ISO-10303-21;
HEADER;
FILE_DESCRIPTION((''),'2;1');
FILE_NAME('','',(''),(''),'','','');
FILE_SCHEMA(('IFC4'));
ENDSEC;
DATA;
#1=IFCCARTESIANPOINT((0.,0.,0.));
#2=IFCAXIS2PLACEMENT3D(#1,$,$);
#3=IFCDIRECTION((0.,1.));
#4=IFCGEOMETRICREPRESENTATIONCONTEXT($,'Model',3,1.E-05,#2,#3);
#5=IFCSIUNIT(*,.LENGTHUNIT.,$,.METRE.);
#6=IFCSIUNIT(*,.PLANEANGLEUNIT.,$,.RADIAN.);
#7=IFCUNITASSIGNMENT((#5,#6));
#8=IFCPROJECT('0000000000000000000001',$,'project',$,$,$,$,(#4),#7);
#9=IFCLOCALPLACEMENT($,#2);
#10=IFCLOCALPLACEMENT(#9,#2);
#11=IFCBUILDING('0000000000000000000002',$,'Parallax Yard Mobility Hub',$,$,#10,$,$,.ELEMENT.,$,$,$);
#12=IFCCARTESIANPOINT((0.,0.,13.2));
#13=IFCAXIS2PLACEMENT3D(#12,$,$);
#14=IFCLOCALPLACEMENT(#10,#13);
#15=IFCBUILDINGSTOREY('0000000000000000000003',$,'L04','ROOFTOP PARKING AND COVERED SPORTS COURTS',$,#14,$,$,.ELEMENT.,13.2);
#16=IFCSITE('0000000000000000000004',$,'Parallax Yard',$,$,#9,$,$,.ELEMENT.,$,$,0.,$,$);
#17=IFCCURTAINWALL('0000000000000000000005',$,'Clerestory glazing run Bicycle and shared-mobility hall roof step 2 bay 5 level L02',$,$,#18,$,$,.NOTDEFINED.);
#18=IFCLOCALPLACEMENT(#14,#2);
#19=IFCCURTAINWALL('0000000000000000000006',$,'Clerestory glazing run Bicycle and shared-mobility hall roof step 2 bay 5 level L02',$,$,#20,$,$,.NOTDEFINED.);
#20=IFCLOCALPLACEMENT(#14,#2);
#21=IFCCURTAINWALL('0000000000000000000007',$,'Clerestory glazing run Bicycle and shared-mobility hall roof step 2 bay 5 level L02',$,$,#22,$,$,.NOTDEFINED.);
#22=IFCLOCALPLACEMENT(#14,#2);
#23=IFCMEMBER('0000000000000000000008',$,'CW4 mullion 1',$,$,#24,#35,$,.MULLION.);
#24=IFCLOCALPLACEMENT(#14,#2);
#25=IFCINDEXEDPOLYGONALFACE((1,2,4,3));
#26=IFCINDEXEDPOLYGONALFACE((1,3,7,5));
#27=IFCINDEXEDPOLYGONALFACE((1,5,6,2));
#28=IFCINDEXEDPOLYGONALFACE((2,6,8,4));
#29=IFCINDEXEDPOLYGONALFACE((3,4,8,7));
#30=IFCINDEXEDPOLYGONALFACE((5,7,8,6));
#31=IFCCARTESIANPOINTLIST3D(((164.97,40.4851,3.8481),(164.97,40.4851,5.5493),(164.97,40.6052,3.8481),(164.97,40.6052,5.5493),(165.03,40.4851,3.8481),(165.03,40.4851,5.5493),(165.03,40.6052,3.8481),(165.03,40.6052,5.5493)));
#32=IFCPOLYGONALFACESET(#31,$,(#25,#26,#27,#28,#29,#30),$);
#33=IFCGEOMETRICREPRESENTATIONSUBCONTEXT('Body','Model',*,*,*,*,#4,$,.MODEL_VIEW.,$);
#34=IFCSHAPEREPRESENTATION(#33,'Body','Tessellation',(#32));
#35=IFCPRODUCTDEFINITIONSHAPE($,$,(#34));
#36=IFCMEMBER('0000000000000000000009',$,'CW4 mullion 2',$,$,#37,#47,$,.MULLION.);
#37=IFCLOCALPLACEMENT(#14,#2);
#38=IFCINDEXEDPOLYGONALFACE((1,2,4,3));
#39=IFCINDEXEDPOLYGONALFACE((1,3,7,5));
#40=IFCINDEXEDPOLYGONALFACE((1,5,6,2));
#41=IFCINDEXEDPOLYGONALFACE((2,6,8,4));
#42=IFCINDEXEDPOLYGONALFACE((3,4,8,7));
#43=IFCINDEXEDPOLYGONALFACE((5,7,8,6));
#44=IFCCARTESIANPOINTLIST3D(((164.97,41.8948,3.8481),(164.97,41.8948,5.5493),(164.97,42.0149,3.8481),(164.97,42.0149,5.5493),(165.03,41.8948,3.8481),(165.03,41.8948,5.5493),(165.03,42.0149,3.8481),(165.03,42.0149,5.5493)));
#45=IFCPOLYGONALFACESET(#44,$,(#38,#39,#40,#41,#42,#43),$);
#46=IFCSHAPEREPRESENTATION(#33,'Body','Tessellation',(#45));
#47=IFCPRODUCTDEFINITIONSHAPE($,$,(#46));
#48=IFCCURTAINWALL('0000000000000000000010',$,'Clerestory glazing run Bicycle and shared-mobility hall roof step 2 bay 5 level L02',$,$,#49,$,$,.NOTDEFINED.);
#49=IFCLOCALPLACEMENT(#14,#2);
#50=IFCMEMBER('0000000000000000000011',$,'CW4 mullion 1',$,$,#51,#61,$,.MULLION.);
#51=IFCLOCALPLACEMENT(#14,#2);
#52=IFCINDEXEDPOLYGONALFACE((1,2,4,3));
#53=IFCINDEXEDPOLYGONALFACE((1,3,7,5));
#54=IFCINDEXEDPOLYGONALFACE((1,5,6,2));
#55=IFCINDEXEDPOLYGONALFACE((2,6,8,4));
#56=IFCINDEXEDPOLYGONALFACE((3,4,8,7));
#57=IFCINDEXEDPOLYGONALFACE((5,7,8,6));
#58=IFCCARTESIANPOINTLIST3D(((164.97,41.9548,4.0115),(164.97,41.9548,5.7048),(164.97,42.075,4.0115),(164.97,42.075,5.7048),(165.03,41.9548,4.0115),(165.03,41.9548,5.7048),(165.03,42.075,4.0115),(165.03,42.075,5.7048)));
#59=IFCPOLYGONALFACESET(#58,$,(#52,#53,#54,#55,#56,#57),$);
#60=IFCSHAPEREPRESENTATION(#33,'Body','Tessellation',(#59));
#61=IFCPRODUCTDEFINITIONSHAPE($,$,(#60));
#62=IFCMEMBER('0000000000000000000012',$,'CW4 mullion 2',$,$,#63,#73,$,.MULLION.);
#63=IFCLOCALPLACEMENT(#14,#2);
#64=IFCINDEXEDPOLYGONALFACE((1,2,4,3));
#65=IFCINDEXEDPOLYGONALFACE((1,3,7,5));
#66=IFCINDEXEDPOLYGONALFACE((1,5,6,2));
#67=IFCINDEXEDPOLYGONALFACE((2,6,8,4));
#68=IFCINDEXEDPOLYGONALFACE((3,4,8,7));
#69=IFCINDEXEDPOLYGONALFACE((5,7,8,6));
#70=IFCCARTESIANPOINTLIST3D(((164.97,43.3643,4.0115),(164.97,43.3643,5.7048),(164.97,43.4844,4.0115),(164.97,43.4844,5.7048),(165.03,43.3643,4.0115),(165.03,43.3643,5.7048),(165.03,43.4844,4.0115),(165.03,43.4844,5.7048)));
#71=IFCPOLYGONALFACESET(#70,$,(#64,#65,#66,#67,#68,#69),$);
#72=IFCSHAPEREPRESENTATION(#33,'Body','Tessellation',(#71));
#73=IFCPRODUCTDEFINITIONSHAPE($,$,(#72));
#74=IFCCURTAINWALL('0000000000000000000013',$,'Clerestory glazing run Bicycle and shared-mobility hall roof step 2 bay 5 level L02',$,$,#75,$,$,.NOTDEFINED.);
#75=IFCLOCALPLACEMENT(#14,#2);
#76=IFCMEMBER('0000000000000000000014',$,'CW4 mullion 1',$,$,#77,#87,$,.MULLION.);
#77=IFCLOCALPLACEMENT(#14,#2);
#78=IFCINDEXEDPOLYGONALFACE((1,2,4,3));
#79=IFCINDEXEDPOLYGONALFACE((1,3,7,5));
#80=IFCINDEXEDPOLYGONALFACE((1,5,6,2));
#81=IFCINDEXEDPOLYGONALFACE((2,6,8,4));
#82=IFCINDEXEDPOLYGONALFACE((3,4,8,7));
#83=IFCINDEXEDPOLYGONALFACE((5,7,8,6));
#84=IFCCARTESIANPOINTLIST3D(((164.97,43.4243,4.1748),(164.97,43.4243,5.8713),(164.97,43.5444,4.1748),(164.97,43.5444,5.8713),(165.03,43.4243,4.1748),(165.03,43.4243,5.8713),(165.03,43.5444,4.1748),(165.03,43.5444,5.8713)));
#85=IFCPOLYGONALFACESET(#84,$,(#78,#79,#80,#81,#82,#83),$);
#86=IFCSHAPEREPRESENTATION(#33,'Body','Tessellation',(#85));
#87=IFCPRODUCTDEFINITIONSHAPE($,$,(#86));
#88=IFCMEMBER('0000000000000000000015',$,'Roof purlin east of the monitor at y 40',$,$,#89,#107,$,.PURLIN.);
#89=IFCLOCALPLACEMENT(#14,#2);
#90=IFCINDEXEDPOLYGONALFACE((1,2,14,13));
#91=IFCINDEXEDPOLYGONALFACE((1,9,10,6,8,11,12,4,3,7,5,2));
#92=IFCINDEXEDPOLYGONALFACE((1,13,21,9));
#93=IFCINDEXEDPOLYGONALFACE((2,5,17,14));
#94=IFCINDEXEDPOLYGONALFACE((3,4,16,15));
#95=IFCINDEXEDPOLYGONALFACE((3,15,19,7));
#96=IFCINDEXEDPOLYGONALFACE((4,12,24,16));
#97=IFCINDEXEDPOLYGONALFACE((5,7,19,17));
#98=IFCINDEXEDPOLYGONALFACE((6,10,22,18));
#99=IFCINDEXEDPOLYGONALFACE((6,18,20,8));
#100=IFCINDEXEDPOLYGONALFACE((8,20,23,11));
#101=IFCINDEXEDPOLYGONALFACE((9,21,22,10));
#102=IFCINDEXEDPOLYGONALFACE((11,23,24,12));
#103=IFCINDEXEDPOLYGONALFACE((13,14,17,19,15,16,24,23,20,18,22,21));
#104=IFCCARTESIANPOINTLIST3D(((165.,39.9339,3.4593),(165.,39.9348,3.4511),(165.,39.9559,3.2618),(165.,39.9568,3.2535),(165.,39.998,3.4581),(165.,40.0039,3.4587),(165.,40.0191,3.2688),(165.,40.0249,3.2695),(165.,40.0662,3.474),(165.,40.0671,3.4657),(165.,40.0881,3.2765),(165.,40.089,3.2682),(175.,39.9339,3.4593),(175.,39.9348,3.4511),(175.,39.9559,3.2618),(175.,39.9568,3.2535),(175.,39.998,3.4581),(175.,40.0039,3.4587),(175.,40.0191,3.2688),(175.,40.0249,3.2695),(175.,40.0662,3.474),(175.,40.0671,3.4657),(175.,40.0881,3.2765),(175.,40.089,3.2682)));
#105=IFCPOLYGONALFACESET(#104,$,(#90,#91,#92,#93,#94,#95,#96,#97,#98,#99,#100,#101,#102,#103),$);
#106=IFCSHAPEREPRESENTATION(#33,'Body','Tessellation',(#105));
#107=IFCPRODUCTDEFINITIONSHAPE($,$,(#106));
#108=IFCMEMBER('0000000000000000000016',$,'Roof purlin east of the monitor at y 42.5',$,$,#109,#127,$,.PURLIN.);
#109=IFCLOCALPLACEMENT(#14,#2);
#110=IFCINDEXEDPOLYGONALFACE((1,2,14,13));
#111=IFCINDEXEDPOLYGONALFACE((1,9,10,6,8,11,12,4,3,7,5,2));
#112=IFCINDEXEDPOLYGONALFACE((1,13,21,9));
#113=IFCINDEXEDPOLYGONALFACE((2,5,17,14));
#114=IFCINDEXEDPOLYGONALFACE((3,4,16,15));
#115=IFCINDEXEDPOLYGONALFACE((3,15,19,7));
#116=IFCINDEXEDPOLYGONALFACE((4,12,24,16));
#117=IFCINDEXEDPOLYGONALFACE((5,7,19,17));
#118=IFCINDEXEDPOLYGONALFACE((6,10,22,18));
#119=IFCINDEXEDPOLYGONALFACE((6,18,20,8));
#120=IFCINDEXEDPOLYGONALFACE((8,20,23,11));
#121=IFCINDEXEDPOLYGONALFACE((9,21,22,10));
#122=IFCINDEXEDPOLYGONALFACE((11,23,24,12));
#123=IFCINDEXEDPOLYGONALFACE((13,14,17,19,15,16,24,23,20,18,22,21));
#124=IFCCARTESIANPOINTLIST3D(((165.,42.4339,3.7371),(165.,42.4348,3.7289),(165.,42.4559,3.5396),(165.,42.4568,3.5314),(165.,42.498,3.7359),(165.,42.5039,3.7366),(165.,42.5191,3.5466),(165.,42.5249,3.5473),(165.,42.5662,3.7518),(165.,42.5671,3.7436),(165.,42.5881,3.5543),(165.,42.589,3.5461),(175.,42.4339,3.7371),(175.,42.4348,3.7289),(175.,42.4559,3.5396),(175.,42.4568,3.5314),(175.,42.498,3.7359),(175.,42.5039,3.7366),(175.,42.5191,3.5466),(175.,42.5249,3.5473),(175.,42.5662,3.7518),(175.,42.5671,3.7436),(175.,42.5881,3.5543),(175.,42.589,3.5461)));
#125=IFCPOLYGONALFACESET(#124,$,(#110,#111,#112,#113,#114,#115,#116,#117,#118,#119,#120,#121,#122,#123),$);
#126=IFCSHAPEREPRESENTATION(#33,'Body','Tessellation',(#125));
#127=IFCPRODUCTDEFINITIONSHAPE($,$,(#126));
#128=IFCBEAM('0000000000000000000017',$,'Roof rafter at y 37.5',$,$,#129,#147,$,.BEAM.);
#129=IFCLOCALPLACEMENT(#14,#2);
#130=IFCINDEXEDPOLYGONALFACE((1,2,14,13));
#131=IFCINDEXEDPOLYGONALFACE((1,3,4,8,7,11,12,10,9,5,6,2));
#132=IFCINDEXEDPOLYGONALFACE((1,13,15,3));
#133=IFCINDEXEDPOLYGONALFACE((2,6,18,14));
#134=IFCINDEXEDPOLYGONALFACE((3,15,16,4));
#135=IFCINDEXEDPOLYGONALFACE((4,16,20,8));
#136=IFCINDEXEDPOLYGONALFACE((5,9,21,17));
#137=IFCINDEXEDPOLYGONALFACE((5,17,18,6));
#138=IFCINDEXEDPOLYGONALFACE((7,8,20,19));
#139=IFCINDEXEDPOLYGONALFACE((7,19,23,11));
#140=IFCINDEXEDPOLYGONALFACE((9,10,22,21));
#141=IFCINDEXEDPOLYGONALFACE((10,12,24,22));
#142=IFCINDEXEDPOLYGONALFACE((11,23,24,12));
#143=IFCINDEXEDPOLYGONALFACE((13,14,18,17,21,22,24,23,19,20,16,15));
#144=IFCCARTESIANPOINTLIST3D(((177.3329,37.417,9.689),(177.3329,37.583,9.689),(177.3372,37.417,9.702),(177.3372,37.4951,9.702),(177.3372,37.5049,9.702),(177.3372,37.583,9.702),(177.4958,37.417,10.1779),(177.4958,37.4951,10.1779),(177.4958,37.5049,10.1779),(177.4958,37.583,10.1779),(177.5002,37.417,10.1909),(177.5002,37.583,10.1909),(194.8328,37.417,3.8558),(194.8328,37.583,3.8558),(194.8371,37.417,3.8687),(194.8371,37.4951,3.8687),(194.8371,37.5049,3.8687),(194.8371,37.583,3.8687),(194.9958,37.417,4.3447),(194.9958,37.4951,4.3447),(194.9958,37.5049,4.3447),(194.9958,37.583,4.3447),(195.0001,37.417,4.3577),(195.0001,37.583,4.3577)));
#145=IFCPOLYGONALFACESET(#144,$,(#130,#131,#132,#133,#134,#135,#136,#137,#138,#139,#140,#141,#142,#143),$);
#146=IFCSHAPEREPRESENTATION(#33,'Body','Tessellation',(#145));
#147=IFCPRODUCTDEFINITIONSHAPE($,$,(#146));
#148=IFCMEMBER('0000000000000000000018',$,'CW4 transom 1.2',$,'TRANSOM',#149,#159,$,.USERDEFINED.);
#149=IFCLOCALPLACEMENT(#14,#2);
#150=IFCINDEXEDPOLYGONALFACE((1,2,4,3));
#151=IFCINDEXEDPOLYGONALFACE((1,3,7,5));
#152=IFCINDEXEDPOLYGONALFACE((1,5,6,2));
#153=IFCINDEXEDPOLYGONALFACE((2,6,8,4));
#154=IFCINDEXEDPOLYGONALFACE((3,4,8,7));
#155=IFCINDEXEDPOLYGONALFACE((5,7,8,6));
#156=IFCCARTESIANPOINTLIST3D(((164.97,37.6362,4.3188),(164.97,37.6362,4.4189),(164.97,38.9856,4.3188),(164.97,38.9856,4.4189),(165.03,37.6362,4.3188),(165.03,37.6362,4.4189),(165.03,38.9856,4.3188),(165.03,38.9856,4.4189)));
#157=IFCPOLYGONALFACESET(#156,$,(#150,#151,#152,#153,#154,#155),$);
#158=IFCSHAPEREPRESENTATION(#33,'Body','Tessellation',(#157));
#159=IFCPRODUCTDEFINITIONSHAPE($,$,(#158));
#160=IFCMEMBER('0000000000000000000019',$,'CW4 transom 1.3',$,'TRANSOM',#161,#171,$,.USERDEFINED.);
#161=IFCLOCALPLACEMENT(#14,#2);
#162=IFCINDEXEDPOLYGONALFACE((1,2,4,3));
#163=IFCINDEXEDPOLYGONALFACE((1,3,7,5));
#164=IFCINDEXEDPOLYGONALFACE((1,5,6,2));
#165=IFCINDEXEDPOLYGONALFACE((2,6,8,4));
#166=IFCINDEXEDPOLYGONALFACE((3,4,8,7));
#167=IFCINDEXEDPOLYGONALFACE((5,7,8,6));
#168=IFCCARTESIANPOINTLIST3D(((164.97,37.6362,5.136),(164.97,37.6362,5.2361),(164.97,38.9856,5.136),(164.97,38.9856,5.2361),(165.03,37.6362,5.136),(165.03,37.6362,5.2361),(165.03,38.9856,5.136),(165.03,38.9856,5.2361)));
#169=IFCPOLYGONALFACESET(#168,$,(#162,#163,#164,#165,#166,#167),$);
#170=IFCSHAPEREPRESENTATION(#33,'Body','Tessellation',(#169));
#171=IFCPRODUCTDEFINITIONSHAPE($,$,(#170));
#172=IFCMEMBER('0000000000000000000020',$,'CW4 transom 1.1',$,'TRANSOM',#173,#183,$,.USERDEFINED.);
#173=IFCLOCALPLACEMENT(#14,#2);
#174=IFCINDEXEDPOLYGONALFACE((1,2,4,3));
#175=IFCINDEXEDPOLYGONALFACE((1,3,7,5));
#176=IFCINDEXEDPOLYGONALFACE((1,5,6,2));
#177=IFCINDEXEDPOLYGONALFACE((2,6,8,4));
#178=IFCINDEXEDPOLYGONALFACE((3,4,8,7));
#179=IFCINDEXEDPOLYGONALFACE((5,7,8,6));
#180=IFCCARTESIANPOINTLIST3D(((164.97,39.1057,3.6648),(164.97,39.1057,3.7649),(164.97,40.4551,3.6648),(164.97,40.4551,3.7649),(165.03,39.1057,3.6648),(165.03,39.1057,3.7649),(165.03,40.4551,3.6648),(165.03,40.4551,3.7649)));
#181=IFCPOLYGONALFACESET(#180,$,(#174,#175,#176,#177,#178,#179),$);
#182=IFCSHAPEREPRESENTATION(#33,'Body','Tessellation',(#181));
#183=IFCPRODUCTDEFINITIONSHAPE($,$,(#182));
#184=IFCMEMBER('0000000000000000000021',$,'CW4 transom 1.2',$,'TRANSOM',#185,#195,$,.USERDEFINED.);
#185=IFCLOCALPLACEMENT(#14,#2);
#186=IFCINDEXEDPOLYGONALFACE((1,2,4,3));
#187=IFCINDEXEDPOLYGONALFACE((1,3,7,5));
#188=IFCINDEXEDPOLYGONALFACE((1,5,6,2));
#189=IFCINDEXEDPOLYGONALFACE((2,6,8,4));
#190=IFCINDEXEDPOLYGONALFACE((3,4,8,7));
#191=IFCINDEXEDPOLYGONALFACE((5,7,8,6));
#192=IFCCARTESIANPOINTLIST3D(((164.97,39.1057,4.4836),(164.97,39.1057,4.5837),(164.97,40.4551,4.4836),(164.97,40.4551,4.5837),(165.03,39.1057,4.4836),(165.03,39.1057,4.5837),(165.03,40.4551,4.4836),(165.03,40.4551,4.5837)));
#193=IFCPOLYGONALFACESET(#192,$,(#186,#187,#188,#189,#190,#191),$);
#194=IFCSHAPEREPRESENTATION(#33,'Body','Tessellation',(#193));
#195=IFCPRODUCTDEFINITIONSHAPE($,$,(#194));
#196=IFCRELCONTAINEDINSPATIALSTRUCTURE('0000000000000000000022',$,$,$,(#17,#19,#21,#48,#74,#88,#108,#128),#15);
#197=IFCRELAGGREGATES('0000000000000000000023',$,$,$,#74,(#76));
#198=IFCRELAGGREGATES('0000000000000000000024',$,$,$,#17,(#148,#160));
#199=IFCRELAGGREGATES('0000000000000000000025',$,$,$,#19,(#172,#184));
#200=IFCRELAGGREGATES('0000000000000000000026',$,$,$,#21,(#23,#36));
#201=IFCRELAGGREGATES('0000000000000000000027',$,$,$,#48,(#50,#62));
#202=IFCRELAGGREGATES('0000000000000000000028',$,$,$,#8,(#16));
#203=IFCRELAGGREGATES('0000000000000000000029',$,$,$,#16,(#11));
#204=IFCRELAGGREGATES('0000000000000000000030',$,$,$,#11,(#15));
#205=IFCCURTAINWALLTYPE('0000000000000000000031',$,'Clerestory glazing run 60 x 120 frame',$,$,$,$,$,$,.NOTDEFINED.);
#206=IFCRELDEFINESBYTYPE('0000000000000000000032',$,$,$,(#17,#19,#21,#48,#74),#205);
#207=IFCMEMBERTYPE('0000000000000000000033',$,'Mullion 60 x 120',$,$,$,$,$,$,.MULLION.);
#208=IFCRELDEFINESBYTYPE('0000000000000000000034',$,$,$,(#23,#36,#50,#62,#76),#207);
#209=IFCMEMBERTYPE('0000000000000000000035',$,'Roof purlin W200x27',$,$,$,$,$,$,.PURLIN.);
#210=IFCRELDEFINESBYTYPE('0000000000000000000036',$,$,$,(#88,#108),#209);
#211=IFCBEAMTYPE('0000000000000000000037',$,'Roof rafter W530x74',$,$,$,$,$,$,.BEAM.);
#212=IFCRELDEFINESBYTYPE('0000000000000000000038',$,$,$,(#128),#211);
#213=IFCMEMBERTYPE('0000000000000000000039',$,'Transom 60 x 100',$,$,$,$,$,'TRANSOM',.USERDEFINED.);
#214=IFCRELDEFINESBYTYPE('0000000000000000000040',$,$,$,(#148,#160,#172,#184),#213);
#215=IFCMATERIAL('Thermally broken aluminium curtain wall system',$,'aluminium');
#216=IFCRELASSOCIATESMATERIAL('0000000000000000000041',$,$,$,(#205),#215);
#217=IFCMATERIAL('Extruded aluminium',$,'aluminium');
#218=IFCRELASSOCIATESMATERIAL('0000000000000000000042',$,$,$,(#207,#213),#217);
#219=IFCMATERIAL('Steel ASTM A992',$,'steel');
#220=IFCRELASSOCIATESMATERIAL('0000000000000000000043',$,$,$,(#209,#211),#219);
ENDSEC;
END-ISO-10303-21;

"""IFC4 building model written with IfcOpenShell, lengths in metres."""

from ifc_helpers import new_model, si_unit, direction, frame, origin, origin_2d, place, context, subcontext, project, spatial, rectangle, i_section, extrude, material, material_profile, profile_set, type_object, element, aggregate, save


model = new_model("IFC4")

# Units and contexts
model_context = context("Model", 3, precision=1e-05, world=origin(), true_north=direction((0.0, 1.0)))
body_context = subcontext(model_context, "Body", "Model", "MODEL_VIEW")
ifc_project = project(units=[si_unit("LENGTHUNIT", "METRE"), si_unit("PLANEANGLEUNIT", "RADIAN")], contexts=[model_context])

# Site, building, storey
site_placement = place(None, origin())
site = spatial("IfcSite", under=ifc_project, at=site_placement, Name="Parallax Yard", CompositionType="ELEMENT", RefElevation=0.0)
building_placement = place(site_placement, origin())
building = spatial("IfcBuilding", under=site, at=building_placement, Name="Parallax Yard Mobility Hub", CompositionType="ELEMENT")
storey_placement = place(building_placement, frame((0.0, 0.0, 13.2)))
storey = spatial("IfcBuildingStorey", under=building, at=storey_placement, Name="L04", Description="ROOFTOP PARKING AND COVERED SPORTS COURTS", CompositionType="ELEMENT", Elevation=13.2)

# Shared definitions
ifc_material_1 = material(Name="Steel ASTM A992", Category="steel")

# Curtain wall
ifc_material_2 = material(Name="Thermally broken aluminium curtain wall system", Category="aluminium")
curtain_wall_type = type_object("IfcCurtainWallType", Name="Clerestory glazing run 60 x 120 frame", PredefinedType="NOTDEFINED", material=ifc_material_2)
curtain_wall_1_placement = place(storey_placement, origin())
curtain_wall_1 = element("IfcCurtainWall", 1, at=curtain_wall_1_placement, inside=storey, type_object=curtain_wall_type, Name="Clerestory glazing run Bicycle and shared-mobility hall roof step 2 bay 5 level L02", PredefinedType="NOTDEFINED")
ifc_material_3 = material(Name="Extruded aluminium", Category="aluminium")
ifc_material_profile_1 = material_profile(ifc_material_3, rectangle(XDim=0.0601, YDim=0.1201, at=origin_2d()), Name="Mullion 60 x 120")
ifc_profile_set_1 = profile_set([ifc_material_profile_1], Name="Extruded aluminium")
member_type_1 = type_object("IfcMemberType", Name="Mullion 60 x 120", PredefinedType="MULLION", material=ifc_profile_set_1)

# Curtain walls, members
curtain_wall_2_placement = place(storey_placement, origin())
curtain_wall_2 = element("IfcCurtainWall", 2, at=curtain_wall_2_placement, inside=storey, type_object=curtain_wall_type, Name="Clerestory glazing run Bicycle and shared-mobility hall roof step 2 bay 5 level L02", PredefinedType="NOTDEFINED")
curtain_wall_3_placement = place(storey_placement, origin())
curtain_wall_3 = element("IfcCurtainWall", 3, at=curtain_wall_3_placement, inside=storey, type_object=curtain_wall_type, Name="Clerestory glazing run Bicycle and shared-mobility hall roof step 2 bay 5 level L02", PredefinedType="NOTDEFINED")
member_1_placement = place(storey_placement, frame((165.0, 40.5452, 3.8481), z_axis=(0.0, 0.0, 1.0), x_axis=(-1.0, 0.0, 0.0)))
member_1 = element("IfcMember", 4, at=member_1_placement, type_object=member_type_1, Name="CW4 mullion 1", PredefinedType="MULLION", context=body_context, shape_type="SweptSolid", body=[
    extrude(rectangle(XDim=0.0601, YDim=0.1201, at=origin_2d()), origin(), (0.0, 0.0, 1.0), 1.7012),
])
member_2_placement = place(storey_placement, frame((165.0, 41.9548, 3.8481), z_axis=(0.0, 0.0, 1.0), x_axis=(-1.0, 0.0, 0.0)))
member_2 = element("IfcMember", 5, at=member_2_placement, type_object=member_type_1, Name="CW4 mullion 2", PredefinedType="MULLION", context=body_context, shape_type="SweptSolid", body=[
    extrude(rectangle(XDim=0.0601, YDim=0.1201, at=origin_2d()), origin(), (0.0, 0.0, 1.0), 1.7012),
])
curtain_wall_4_placement = place(storey_placement, origin())
curtain_wall_4 = element("IfcCurtainWall", 6, at=curtain_wall_4_placement, inside=storey, type_object=curtain_wall_type, Name="Clerestory glazing run Bicycle and shared-mobility hall roof step 2 bay 5 level L02", PredefinedType="NOTDEFINED")
member_3_placement = place(storey_placement, frame((165.0, 42.0149, 4.0115), z_axis=(0.0, 0.0, 1.0), x_axis=(-1.0, 0.0, 0.0)))
member_3 = element("IfcMember", 7, at=member_3_placement, type_object=member_type_1, Name="CW4 mullion 1", PredefinedType="MULLION", context=body_context, shape_type="SweptSolid", body=[
    extrude(rectangle(XDim=0.0601, YDim=0.1201, at=origin_2d()), origin(), (0.0, 0.0, 1.0), 1.6934),
])
member_4_placement = place(storey_placement, frame((165.0, 43.4243, 4.0115), z_axis=(0.0, 0.0, 1.0), x_axis=(-1.0, 0.0, 0.0)))
member_4 = element("IfcMember", 8, at=member_4_placement, type_object=member_type_1, Name="CW4 mullion 2", PredefinedType="MULLION", context=body_context, shape_type="SweptSolid", body=[
    extrude(rectangle(XDim=0.0601, YDim=0.1201, at=origin_2d()), origin(), (0.0, 0.0, 1.0), 1.6934),
])

# Curtain wall, member
curtain_wall_5_placement = place(storey_placement, origin())
curtain_wall_5 = element("IfcCurtainWall", 9, at=curtain_wall_5_placement, inside=storey, type_object=curtain_wall_type, Name="Clerestory glazing run Bicycle and shared-mobility hall roof step 2 bay 5 level L02", PredefinedType="NOTDEFINED")
member_5_placement = place(storey_placement, frame((165.0, 43.4844, 4.1748), z_axis=(0.0, 0.0, 1.0), x_axis=(-1.0, 0.0, 0.0)))
member_5 = element("IfcMember", 10, at=member_5_placement, type_object=member_type_1, Name="CW4 mullion 1", PredefinedType="MULLION", context=body_context, shape_type="SweptSolid", body=[
    extrude(rectangle(XDim=0.0601, YDim=0.1201, at=origin_2d()), origin(), (0.0, 0.0, 1.0), 1.6965),
])
aggregate(curtain_wall_5, [member_5])

# Members
ifc_material_profile_2 = material_profile(ifc_material_1, i_section(OverallWidth=0.1331, OverallDepth=0.207, WebThickness=0.0059, FlangeThickness=0.0083, at=origin_2d()), Name="W200x27")
ifc_profile_set_2 = profile_set([ifc_material_profile_2], Name="Steel ASTM A992")
member_type_2 = type_object("IfcMemberType", Name="Roof purlin W200x27", PredefinedType="PURLIN", material=ifc_profile_set_2)
for number, where, z_axis, x_axis, name in (
    (11, (165.0, 40.0115, 3.3638), (1.0, 0.0, 0.0), (0.0, 0.993884, 0.110432), "Roof purlin east of the monitor at y 40"),
    (12, (165.0, 42.5115, 3.6416), (1.0, 0.0, 0.0), (0.0, 0.993884, 0.110432), "Roof purlin east of the monitor at y 42.5"),
):
    element("IfcMember", number, at=place(storey_placement, frame(where, z_axis=z_axis, x_axis=x_axis)), inside=storey, type_object=member_type_2, Name=name, PredefinedType="PURLIN", context=body_context, shape_type="SweptSolid", body=[
        extrude(i_section(OverallWidth=0.1331, OverallDepth=0.207, WebThickness=0.0059, FlangeThickness=0.0083, at=origin_2d()), origin(), (0.0, 0.0, 1.0), 10.0),
    ])

# Beam
ifc_material_profile_3 = material_profile(ifc_material_1, i_section(OverallWidth=0.166, OverallDepth=0.5291, WebThickness=0.0098, FlangeThickness=0.0137, at=origin_2d()), Name="W530x74")
ifc_profile_set_3 = profile_set([ifc_material_profile_3], Name="Steel ASTM A992")
beam_type = type_object("IfcBeamType", Name="Roof rafter W530x74", PredefinedType="BEAM", material=ifc_profile_set_3)
beam_placement = place(storey_placement, frame((177.4165, 37.5, 9.9399), z_axis=(0.948685, 0.0, -0.316224), x_axis=(0.0, 1.0, 0.0)))
element("IfcBeam", 13, at=beam_placement, inside=storey, type_object=beam_type, Name="Roof rafter at y 37.5", PredefinedType="BEAM", context=body_context, shape_type="SweptSolid", body=[
    extrude(i_section(OverallWidth=0.166, OverallDepth=0.5291, WebThickness=0.0098, FlangeThickness=0.0137, at=origin_2d()), origin(), (0.0, 0.0, 1.0), 18.4465),
])

# Members
ifc_material_profile_4 = material_profile(ifc_material_3, rectangle(XDim=0.0601, YDim=0.1001, at=origin_2d()), Name="Transom 60 x 100")
ifc_profile_set_4 = profile_set([ifc_material_profile_4], Name="Extruded aluminium")
member_type_3 = type_object("IfcMemberType", Name="Transom 60 x 100", ElementType="TRANSOM", PredefinedType="USERDEFINED", material=ifc_profile_set_4)
member_6_placement = place(storey_placement, frame((165.0, 37.6362, 4.3689), z_axis=(0.0, 1.0, 0.0), x_axis=(-1.0, 0.0, 0.0)))
member_6 = element("IfcMember", 14, at=member_6_placement, type_object=member_type_3, Name="CW4 transom 1.2", ObjectType="TRANSOM", PredefinedType="USERDEFINED", context=body_context, shape_type="SweptSolid", body=[
    extrude(rectangle(XDim=0.0601, YDim=0.1001, at=origin_2d()), origin(), (0.0, 0.0, 1.0), 1.3494),
])
member_7_placement = place(storey_placement, frame((165.0, 37.6362, 5.186), z_axis=(0.0, 1.0, 0.0), x_axis=(-1.0, 0.0, 0.0)))
member_7 = element("IfcMember", 15, at=member_7_placement, type_object=member_type_3, Name="CW4 transom 1.3", ObjectType="TRANSOM", PredefinedType="USERDEFINED", context=body_context, shape_type="SweptSolid", body=[
    extrude(rectangle(XDim=0.0601, YDim=0.1001, at=origin_2d()), origin(), (0.0, 0.0, 1.0), 1.3494),
])
member_8_placement = place(storey_placement, frame((165.0, 39.1057, 3.7148), z_axis=(0.0, 1.0, 0.0), x_axis=(-1.0, 0.0, 0.0)))
member_8 = element("IfcMember", 16, at=member_8_placement, type_object=member_type_3, Name="CW4 transom 1.1", ObjectType="TRANSOM", PredefinedType="USERDEFINED", context=body_context, shape_type="SweptSolid", body=[
    extrude(rectangle(XDim=0.0601, YDim=0.1001, at=origin_2d()), origin(), (0.0, 0.0, 1.0), 1.3494),
])
member_9_placement = place(storey_placement, frame((165.0, 39.1057, 4.5337), z_axis=(0.0, 1.0, 0.0), x_axis=(-1.0, 0.0, 0.0)))
member_9 = element("IfcMember", 17, at=member_9_placement, type_object=member_type_3, Name="CW4 transom 1.2", ObjectType="TRANSOM", PredefinedType="USERDEFINED", context=body_context, shape_type="SweptSolid", body=[
    extrude(rectangle(XDim=0.0601, YDim=0.1001, at=origin_2d()), origin(), (0.0, 0.0, 1.0), 1.3494),
])

aggregate(curtain_wall_1, [member_6, member_7])
aggregate(curtain_wall_2, [member_8, member_9])
aggregate(curtain_wall_3, [member_1, member_2])
aggregate(curtain_wall_4, [member_3, member_4])

save(model, "model.ifc")
